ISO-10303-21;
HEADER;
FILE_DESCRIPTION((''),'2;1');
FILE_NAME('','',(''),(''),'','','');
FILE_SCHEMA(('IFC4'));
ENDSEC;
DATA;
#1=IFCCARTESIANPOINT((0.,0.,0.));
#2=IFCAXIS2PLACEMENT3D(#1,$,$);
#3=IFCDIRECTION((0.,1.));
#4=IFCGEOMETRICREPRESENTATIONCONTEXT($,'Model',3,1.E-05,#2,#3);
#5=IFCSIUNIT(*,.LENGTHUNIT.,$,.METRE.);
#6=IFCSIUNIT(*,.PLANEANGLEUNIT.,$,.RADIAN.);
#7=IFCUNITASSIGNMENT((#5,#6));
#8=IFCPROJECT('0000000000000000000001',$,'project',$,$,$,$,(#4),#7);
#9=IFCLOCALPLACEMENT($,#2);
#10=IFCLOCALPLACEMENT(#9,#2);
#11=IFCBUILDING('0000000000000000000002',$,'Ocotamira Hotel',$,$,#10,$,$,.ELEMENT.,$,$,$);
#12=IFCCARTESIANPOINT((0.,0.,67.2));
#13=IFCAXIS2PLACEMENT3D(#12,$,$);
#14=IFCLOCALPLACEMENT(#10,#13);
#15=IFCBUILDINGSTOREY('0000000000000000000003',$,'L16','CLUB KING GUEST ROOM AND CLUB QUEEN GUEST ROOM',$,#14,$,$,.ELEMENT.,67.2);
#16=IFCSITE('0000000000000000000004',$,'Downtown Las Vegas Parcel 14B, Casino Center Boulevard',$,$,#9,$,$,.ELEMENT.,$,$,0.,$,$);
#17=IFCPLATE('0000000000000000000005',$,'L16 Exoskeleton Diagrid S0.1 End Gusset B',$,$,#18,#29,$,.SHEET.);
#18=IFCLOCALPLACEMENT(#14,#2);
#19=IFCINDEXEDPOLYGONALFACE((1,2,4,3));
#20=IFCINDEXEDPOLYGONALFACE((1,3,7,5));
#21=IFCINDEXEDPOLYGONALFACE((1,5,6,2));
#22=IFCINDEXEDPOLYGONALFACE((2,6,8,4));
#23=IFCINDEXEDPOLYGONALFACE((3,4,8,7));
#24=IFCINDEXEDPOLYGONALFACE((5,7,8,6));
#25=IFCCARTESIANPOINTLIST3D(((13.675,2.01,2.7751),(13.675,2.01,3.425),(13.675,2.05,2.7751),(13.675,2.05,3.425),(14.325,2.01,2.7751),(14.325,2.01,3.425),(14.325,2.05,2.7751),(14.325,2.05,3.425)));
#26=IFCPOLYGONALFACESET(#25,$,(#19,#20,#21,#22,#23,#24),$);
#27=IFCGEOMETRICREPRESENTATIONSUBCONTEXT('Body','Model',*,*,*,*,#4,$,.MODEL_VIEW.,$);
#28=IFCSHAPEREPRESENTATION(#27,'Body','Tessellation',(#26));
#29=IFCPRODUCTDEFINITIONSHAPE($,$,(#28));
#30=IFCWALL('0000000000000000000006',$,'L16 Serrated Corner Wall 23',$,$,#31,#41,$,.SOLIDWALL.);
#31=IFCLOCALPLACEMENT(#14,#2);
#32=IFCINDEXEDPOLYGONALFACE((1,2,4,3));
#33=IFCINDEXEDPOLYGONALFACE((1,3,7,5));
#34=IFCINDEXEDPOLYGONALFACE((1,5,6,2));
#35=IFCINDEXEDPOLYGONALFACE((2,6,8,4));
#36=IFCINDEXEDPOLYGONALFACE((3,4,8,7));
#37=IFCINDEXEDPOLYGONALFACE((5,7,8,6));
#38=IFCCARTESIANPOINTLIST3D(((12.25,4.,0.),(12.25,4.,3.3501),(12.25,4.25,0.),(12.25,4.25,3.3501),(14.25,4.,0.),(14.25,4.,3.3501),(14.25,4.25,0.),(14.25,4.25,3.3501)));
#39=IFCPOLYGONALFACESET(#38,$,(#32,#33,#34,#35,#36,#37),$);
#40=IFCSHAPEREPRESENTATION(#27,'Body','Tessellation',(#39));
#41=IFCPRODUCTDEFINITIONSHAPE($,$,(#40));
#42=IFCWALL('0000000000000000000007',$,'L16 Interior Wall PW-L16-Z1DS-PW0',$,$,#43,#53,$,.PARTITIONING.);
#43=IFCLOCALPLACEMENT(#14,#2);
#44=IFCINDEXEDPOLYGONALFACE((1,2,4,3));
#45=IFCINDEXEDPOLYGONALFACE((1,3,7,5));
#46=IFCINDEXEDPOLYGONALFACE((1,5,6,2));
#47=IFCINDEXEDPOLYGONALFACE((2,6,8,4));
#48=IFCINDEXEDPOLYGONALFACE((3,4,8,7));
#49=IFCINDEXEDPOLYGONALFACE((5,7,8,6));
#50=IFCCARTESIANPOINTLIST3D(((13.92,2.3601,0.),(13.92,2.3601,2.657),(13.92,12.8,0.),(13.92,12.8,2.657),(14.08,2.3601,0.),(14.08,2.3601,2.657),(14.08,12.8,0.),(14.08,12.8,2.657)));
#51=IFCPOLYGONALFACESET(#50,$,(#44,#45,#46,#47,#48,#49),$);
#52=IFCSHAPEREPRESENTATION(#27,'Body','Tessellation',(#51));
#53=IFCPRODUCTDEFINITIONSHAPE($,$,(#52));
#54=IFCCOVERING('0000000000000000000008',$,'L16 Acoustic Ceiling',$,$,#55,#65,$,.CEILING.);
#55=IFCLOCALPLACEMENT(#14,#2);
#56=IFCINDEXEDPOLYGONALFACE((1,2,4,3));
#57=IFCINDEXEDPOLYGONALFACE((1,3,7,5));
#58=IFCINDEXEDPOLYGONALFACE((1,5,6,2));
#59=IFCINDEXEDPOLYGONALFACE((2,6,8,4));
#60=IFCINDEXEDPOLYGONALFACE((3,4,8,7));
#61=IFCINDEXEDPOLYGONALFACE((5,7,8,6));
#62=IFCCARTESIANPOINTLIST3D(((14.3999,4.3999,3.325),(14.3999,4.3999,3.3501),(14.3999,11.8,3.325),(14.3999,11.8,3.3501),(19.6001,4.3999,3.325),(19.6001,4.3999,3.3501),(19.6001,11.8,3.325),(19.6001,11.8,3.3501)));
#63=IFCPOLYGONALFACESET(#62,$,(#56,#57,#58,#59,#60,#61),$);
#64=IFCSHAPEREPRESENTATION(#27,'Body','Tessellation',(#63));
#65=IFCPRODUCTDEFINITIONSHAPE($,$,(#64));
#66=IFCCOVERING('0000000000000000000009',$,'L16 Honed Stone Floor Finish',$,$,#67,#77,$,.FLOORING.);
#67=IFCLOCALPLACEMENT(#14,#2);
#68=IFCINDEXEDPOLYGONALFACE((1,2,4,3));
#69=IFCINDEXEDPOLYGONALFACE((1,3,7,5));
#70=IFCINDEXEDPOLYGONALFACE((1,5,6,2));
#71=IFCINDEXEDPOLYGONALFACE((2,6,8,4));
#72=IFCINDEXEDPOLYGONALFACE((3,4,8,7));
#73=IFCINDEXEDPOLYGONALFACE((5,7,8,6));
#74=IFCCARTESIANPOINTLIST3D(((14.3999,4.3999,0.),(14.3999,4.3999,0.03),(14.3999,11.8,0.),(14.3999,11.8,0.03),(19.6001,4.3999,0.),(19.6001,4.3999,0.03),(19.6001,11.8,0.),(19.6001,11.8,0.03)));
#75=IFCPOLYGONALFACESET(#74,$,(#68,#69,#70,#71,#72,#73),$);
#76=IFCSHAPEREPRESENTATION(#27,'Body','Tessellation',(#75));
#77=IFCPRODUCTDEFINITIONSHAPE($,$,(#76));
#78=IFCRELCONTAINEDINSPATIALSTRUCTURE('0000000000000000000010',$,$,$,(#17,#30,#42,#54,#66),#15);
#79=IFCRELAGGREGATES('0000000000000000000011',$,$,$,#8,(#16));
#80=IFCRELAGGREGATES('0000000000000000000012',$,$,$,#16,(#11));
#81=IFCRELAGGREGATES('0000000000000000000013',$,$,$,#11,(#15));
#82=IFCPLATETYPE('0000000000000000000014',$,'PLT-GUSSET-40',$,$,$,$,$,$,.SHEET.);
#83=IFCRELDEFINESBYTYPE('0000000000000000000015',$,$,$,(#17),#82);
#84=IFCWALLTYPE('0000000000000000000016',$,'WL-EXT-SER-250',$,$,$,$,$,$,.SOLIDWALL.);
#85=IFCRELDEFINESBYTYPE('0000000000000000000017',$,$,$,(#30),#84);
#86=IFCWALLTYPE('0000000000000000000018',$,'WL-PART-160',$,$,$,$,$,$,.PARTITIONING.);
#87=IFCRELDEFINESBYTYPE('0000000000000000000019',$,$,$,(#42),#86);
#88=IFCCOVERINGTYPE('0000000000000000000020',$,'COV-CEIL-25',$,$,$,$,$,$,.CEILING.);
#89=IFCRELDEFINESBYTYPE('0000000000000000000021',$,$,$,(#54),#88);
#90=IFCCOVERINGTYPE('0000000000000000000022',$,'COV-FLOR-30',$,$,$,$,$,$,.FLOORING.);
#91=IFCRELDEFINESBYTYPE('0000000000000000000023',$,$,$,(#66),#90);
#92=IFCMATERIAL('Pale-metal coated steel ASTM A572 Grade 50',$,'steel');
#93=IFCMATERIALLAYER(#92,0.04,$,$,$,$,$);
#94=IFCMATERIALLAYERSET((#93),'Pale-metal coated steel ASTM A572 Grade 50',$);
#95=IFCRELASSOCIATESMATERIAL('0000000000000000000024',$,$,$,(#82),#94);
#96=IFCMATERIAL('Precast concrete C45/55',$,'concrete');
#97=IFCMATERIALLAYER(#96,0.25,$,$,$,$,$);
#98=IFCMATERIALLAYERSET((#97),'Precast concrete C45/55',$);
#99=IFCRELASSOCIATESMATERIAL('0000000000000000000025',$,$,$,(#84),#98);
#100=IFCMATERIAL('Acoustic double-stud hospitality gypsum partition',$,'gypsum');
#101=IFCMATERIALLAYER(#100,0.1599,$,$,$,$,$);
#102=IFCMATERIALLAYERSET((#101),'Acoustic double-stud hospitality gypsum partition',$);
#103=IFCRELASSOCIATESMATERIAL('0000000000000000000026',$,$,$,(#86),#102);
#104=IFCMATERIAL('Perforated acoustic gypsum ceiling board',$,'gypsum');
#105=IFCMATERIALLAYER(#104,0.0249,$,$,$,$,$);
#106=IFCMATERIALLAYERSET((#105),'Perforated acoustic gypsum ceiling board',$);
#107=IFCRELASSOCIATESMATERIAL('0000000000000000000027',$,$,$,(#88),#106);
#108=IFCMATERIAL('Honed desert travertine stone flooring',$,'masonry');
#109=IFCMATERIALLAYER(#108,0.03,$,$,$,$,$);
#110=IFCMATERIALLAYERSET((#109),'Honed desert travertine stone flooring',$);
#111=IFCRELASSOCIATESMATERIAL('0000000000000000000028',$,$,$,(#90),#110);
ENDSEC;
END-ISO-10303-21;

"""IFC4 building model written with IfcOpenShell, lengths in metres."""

from ifc_helpers import new_model, si_unit, direction, frame, frame_2d, origin, origin_2d, place, context, subcontext, project, spatial, polyline, rectangle, outline, extrude, source, transform, mapped, material, layer, layer_set, type_object, element, save


model = new_model("IFC4")

# Units and contexts
model_context = context("Model", 3, precision=1e-05, world=origin(), true_north=direction((0.0, 1.0)))
body_context = subcontext(model_context, "Body", "Model", "MODEL_VIEW")
ifc_project = project(units=[si_unit("LENGTHUNIT", "METRE"), si_unit("PLANEANGLEUNIT", "RADIAN")], contexts=[model_context])

# Site, building, storey
site_placement = place(None, origin())
site = spatial("IfcSite", under=ifc_project, at=site_placement, Name="Downtown Las Vegas Parcel 14B, Casino Center Boulevard", CompositionType="ELEMENT", RefElevation=0.0)
building_placement = place(site_placement, origin())
building = spatial("IfcBuilding", under=site, at=building_placement, Name="Ocotamira Hotel", CompositionType="ELEMENT")
storey_placement = place(building_placement, frame((0.0, 0.0, 67.2)))
storey = spatial("IfcBuildingStorey", under=building, at=storey_placement, Name="L16", Description="CLUB KING GUEST ROOM AND CLUB QUEEN GUEST ROOM", CompositionType="ELEMENT", Elevation=67.2)

# Plate
ifc_material_1 = material(Name="Pale-metal coated steel ASTM A572 Grade 50", Category="steel")
ifc_layer_1 = layer(ifc_material_1, 0.04)
ifc_layer_set_1 = layer_set([ifc_layer_1], Name="Pale-metal coated steel ASTM A572 Grade 50")
plate_type = type_object("IfcPlateType", Name="PLT-GUSSET-40", PredefinedType="SHEET", material=ifc_layer_set_1)
shared_shape_1 = source(origin(), body_context, "Body", "SweptSolid", [
    extrude(rectangle(XDim=0.6499, YDim=0.04, at=origin_2d()), origin(), (0.0, 0.0, 1.0), 0.6499),
])
plate_placement = place(storey_placement, frame((14.0, 2.03, 2.7751), z_axis=(0.0, 0.0, 1.0), x_axis=(-1.0, 0.0, 0.0)))
element("IfcPlate", 1, at=plate_placement, inside=storey, type_object=plate_type, Name="L16 Exoskeleton Diagrid S0.1 End Gusset B", PredefinedType="SHEET", context=body_context, shape_type="MappedRepresentation", body=[
    mapped(shared_shape_1, transform((0.0, 0.0, 0.0), scale=1.0)),
])

# Walls
ifc_material_2 = material(Name="Precast concrete C45/55", Category="concrete")
ifc_layer_2 = layer(ifc_material_2, 0.25)
ifc_layer_set_2 = layer_set([ifc_layer_2], Name="Precast concrete C45/55")
wall_type_1 = type_object("IfcWallType", Name="WL-EXT-SER-250", PredefinedType="SOLIDWALL", material=ifc_layer_set_2)
wall_1_placement = place(storey_placement, frame((12.25, 4.125, 0.0), z_axis=(0.0, 0.0, 1.0), x_axis=(1.0, 0.0, 0.0)))
element("IfcWall", 2, at=wall_1_placement, inside=storey, type_object=wall_type_1, Name="L16 Serrated Corner Wall 23", PredefinedType="SOLIDWALL", context=body_context, shape_type="SweptSolid", body=[
    extrude(rectangle(XDim=2.0, YDim=0.25, at=frame_2d((1.0, 0.0))), origin(), (0.0, 0.0, 1.0), 3.3501),
])
ifc_material_3 = material(Name="Acoustic double-stud hospitality gypsum partition", Category="gypsum")
ifc_layer_3 = layer(ifc_material_3, 0.1599)
ifc_layer_set_3 = layer_set([ifc_layer_3], Name="Acoustic double-stud hospitality gypsum partition")
wall_type_2 = type_object("IfcWallType", Name="WL-PART-160", PredefinedType="PARTITIONING", material=ifc_layer_set_3)
wall_2_placement = place(storey_placement, frame((14.0, 2.3601, 0.0), z_axis=(0.0, 0.0, 1.0), x_axis=(0.0, 1.0, 0.0)))
element("IfcWall", 3, at=wall_2_placement, inside=storey, type_object=wall_type_2, Name="L16 Interior Wall PW-L16-Z1DS-PW0", PredefinedType="PARTITIONING", context=body_context, shape_type="SweptSolid", body=[
    extrude(rectangle(XDim=10.4399, YDim=0.1599, at=frame_2d((5.22, 0.0))), origin(), (0.0, 0.0, 1.0), 2.657),
])

# Coverings
ifc_material_4 = material(Name="Perforated acoustic gypsum ceiling board", Category="gypsum")
ifc_layer_4 = layer(ifc_material_4, 0.0249)
ifc_layer_set_4 = layer_set([ifc_layer_4], Name="Perforated acoustic gypsum ceiling board")
covering_type_1 = type_object("IfcCoveringType", Name="COV-CEIL-25", PredefinedType="CEILING", material=ifc_layer_set_4)
covering_1_placement = place(storey_placement, frame((0.0, 0.0, 3.325)))
element("IfcCovering", 4, at=covering_1_placement, inside=storey, type_object=covering_type_1, Name="L16 Acoustic Ceiling", PredefinedType="CEILING", context=body_context, shape_type="SweptSolid", body=[
    extrude(outline(polyline([(14.3999, 4.3999), (19.6001, 4.3999), (19.6001, 11.8), (14.3999, 11.8), (14.3999, 4.3999)])), origin(), (0.0, 0.0, 1.0), 0.0251),
])
ifc_material_5 = material(Name="Honed desert travertine stone flooring", Category="masonry")
ifc_layer_5 = layer(ifc_material_5, 0.03)
ifc_layer_set_5 = layer_set([ifc_layer_5], Name="Honed desert travertine stone flooring")
covering_type_2 = type_object("IfcCoveringType", Name="COV-FLOR-30", PredefinedType="FLOORING", material=ifc_layer_set_5)
covering_2_placement = place(storey_placement, origin())
element("IfcCovering", 5, at=covering_2_placement, inside=storey, type_object=covering_type_2, Name="L16 Honed Stone Floor Finish", PredefinedType="FLOORING", context=body_context, shape_type="SweptSolid", body=[
    extrude(outline(polyline([(14.3999, 4.3999), (19.6001, 4.3999), (19.6001, 11.8), (14.3999, 11.8), (14.3999, 4.3999)])), origin(), (0.0, 0.0, 1.0), 0.03),
])

save(model, "model.ifc")
